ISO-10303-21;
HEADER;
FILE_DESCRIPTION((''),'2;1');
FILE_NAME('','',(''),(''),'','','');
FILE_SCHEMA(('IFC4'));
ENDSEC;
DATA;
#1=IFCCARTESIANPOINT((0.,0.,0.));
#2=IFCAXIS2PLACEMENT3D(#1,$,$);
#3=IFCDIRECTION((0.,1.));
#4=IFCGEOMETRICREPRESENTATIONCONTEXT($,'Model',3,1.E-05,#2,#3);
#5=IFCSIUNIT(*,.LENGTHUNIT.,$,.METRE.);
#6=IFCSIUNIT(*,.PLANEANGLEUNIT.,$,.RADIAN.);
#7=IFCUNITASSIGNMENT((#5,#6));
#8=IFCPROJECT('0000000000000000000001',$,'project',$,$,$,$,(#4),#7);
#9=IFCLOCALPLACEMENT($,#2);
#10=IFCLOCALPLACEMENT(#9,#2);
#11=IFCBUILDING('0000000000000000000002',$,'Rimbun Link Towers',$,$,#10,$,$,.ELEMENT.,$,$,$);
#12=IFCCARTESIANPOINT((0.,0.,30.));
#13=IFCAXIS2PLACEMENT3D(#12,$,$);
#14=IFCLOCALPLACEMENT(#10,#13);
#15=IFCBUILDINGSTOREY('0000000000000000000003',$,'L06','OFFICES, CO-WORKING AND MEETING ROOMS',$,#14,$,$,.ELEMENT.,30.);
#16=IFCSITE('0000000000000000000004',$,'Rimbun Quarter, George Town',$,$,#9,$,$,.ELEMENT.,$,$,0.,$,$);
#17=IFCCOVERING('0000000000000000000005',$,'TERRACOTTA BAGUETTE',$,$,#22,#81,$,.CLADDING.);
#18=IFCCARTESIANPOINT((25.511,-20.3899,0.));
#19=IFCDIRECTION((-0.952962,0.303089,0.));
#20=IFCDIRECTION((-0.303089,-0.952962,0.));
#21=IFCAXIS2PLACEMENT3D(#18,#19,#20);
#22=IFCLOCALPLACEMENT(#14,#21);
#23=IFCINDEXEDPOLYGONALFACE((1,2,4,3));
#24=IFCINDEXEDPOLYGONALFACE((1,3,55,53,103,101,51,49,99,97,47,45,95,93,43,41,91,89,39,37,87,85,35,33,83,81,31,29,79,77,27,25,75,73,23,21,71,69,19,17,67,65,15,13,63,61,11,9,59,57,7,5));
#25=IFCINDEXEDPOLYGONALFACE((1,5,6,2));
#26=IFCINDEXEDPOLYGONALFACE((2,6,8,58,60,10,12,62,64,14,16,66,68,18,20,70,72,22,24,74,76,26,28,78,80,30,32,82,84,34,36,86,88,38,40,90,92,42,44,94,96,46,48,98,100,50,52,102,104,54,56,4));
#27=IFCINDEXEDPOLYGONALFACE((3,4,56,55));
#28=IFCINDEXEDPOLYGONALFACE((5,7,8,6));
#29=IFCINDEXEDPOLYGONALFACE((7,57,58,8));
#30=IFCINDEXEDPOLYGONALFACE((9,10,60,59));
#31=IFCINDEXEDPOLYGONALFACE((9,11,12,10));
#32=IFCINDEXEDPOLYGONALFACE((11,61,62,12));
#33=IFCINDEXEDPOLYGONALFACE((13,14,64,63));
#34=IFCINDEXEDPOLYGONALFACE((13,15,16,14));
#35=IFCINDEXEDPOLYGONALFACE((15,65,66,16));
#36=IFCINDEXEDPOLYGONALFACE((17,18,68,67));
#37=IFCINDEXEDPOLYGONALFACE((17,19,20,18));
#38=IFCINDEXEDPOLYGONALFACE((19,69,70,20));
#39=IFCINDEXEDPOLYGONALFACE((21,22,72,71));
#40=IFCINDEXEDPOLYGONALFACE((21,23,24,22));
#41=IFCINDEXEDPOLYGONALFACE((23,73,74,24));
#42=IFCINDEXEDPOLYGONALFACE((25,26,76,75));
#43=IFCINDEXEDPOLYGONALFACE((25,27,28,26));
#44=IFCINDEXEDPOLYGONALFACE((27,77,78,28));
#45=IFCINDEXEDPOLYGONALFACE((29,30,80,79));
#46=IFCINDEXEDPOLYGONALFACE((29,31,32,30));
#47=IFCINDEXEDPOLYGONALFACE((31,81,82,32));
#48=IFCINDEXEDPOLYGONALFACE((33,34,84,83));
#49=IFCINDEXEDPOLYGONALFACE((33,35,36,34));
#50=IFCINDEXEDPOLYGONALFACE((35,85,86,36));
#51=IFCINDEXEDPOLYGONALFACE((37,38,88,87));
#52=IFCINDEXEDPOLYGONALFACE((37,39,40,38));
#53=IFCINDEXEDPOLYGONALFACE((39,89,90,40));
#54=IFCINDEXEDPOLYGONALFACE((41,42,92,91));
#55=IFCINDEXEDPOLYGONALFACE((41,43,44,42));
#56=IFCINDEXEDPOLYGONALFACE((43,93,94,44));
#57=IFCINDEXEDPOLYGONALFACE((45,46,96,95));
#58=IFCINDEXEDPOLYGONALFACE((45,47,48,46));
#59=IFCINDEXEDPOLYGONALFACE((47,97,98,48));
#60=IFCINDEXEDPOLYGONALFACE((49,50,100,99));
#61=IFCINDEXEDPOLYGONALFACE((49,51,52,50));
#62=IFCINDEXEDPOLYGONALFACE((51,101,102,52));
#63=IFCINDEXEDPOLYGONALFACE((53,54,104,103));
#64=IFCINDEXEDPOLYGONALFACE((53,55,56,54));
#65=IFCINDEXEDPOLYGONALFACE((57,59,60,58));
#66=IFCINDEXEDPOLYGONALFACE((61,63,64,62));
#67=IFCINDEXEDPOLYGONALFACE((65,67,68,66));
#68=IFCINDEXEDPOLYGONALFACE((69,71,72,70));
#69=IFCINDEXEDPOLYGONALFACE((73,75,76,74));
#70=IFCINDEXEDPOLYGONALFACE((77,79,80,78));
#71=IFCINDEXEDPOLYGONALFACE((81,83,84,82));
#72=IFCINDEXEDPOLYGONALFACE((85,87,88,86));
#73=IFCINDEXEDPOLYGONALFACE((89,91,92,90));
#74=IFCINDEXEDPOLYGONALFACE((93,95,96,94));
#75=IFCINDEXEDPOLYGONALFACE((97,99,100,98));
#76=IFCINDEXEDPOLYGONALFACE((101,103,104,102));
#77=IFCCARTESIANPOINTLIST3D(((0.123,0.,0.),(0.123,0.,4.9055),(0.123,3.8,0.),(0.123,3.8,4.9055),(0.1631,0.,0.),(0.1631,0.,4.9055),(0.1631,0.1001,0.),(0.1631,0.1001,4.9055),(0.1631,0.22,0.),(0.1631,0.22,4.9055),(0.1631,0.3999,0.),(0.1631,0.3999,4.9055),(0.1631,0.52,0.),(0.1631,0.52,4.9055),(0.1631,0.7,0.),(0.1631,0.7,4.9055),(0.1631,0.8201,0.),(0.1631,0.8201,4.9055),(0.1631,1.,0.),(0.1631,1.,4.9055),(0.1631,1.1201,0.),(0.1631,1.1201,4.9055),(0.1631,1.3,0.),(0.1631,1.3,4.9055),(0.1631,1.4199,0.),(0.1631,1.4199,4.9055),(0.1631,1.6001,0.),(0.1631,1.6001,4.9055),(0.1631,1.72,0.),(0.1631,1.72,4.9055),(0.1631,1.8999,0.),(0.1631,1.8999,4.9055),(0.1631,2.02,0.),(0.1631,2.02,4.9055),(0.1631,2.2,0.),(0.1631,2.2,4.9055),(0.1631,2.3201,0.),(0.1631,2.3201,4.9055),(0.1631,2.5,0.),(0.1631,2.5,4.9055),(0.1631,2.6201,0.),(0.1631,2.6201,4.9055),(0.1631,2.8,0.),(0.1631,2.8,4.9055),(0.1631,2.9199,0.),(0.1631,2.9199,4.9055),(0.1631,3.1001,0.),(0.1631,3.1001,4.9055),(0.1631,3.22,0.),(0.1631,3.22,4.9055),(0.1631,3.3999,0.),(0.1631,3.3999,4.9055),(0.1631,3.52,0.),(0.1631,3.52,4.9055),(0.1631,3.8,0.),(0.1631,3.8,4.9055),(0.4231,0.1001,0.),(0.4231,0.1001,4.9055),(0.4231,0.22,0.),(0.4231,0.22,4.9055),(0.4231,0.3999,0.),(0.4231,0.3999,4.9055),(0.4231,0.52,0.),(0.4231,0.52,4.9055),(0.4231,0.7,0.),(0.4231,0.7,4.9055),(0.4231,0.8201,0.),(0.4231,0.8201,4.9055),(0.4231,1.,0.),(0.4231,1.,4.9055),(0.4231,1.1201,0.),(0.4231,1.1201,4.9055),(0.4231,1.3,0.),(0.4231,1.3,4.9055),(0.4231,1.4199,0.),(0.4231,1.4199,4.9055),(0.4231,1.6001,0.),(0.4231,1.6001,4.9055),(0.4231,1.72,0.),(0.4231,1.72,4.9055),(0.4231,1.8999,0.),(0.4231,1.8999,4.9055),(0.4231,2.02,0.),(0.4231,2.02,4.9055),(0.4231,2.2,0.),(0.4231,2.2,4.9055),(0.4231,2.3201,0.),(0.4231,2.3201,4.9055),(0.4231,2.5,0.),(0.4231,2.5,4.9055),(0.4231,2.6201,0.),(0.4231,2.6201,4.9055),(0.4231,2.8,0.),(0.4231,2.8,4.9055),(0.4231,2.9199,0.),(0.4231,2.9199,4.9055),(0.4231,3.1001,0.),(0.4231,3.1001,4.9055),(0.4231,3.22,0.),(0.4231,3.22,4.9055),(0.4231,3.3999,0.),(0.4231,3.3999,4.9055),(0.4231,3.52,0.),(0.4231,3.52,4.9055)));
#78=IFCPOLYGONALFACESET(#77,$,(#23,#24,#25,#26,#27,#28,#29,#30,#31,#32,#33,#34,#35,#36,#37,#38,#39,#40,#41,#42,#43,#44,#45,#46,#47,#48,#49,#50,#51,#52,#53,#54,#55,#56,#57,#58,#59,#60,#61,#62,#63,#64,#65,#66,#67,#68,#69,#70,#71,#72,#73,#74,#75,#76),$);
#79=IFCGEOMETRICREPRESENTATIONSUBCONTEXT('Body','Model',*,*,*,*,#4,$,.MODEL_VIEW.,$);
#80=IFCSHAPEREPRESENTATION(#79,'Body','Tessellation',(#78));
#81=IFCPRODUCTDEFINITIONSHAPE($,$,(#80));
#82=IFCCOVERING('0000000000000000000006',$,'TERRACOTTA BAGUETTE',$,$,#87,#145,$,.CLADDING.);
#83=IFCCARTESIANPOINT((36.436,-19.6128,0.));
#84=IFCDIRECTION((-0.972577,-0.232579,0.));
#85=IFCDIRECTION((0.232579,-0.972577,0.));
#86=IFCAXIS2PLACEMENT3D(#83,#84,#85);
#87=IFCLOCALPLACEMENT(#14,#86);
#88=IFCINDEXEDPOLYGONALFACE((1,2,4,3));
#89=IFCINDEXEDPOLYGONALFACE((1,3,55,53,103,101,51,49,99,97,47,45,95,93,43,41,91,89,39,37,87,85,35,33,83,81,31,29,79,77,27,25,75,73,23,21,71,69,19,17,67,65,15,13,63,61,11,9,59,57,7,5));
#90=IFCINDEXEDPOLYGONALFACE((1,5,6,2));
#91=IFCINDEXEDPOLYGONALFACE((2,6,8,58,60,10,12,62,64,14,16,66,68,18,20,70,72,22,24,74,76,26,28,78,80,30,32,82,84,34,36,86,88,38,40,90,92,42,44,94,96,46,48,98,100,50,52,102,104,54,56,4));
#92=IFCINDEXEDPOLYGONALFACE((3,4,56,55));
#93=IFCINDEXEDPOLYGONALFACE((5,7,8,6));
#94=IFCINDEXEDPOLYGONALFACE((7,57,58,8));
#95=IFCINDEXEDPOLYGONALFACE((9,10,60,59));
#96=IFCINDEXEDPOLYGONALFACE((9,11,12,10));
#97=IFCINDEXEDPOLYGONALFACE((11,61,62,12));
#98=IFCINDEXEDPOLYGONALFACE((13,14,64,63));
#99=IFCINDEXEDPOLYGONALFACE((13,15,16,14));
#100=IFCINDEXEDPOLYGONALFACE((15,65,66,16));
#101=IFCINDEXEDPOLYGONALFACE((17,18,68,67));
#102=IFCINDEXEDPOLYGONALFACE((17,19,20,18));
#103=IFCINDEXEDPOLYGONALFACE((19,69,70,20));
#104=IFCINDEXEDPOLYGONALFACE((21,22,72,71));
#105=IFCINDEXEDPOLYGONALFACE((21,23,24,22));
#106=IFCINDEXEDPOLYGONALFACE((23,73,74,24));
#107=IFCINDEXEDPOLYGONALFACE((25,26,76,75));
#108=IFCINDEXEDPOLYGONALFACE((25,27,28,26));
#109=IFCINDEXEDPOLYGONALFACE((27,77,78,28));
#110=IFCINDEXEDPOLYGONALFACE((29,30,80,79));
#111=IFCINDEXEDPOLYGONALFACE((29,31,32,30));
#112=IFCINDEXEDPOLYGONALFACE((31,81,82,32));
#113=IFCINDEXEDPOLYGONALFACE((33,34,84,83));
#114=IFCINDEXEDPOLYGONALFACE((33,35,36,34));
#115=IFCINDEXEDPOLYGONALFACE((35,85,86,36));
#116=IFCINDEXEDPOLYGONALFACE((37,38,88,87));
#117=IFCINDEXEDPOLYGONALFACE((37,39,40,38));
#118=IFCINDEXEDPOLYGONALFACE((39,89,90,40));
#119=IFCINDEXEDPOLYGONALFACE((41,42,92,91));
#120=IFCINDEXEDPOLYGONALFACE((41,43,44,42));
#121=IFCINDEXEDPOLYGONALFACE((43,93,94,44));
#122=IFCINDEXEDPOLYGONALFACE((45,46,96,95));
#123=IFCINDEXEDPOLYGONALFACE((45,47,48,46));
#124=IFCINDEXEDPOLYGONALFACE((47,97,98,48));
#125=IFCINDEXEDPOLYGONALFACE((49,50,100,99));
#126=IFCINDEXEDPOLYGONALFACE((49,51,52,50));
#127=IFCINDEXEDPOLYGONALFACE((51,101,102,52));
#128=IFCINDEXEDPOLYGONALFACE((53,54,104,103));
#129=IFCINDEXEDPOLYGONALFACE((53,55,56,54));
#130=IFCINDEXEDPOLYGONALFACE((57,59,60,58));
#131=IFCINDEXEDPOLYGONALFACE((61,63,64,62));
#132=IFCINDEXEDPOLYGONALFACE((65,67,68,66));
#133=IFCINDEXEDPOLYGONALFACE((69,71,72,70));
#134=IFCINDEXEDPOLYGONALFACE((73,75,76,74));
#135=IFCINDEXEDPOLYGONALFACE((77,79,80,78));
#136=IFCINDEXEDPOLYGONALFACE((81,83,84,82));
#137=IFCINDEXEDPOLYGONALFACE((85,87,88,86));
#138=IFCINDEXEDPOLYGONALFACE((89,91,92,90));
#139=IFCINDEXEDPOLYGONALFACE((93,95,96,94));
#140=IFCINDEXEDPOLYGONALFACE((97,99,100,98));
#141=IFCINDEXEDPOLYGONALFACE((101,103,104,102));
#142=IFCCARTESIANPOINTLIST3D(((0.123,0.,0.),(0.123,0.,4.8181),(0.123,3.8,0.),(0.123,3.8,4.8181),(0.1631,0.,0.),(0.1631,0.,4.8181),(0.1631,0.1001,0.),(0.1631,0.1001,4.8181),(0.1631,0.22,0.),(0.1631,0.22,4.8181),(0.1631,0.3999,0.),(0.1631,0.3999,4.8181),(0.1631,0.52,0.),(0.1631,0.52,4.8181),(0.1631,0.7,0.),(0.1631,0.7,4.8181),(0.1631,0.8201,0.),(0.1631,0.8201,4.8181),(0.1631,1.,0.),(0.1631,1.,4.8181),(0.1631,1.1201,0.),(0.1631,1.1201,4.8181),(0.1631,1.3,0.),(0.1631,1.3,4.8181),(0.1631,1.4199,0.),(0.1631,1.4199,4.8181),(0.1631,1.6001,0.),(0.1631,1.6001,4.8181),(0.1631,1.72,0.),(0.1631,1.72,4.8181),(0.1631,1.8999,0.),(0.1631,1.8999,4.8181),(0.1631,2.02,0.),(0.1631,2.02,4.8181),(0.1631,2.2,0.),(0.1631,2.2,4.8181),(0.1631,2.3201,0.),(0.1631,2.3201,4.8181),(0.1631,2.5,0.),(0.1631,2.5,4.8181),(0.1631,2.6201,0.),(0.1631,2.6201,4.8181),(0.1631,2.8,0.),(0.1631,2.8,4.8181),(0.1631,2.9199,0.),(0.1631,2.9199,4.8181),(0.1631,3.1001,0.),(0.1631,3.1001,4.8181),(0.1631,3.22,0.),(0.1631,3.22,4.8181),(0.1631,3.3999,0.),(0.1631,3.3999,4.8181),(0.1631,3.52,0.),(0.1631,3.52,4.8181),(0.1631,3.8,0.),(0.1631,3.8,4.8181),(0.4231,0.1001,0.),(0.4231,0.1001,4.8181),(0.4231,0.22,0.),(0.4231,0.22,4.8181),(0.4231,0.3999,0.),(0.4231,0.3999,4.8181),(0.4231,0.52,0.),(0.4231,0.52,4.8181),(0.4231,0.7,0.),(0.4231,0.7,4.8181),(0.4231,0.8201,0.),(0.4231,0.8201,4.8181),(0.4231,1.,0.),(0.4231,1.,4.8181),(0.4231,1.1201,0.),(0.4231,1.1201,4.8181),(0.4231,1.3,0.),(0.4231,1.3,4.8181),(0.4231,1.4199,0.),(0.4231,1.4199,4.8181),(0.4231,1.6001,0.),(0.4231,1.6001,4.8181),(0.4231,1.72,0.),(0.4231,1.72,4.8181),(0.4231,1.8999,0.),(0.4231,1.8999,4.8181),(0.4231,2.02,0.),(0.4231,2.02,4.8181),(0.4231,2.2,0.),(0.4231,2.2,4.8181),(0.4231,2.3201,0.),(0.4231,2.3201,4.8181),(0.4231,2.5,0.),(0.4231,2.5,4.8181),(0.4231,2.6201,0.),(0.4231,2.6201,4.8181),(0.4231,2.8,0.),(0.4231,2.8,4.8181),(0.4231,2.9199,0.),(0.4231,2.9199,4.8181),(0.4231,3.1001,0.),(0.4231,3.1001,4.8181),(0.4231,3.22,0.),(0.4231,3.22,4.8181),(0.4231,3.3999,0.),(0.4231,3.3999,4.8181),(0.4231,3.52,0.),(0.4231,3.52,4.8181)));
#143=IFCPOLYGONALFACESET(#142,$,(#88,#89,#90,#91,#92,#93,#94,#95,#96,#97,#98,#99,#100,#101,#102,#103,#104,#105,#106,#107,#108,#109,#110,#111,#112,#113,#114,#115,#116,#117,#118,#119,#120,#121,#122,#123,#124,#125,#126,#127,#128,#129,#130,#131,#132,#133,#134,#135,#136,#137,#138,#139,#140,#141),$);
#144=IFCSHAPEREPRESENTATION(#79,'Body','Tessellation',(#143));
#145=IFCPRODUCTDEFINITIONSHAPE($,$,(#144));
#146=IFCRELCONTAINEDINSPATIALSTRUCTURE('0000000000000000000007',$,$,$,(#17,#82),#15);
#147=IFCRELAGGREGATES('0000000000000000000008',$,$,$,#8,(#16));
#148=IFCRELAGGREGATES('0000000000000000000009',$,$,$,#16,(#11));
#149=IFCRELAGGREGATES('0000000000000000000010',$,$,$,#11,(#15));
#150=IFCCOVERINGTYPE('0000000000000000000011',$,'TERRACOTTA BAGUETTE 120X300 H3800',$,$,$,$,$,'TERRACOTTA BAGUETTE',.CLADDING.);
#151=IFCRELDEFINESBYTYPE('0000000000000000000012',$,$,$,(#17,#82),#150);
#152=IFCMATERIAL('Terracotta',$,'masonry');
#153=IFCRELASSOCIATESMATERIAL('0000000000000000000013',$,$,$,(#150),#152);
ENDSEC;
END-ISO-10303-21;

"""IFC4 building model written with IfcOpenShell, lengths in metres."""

from ifc_helpers import new_model, si_unit, direction, frame, origin, place, context, subcontext, project, spatial, polyline, outline, extrude, material, material_profile, profile_set, type_object, element, save


model = new_model("IFC4")

# Units and contexts
model_context = context("Model", 3, precision=1e-05, world=origin(), true_north=direction((0.0, 1.0)))
body_context = subcontext(model_context, "Body", "Model", "MODEL_VIEW")
ifc_project = project(units=[si_unit("LENGTHUNIT", "METRE"), si_unit("PLANEANGLEUNIT", "RADIAN")], contexts=[model_context])

# Site, building, storey
site_placement = place(None, origin())
site = spatial("IfcSite", under=ifc_project, at=site_placement, Name="Rimbun Quarter, George Town", CompositionType="ELEMENT", RefElevation=0.0)
building_placement = place(site_placement, origin())
building = spatial("IfcBuilding", under=site, at=building_placement, Name="Rimbun Link Towers", CompositionType="ELEMENT")
storey_placement = place(building_placement, frame((0.0, 0.0, 30.0)))
storey = spatial("IfcBuildingStorey", under=building, at=storey_placement, Name="L06", Description="OFFICES, CO-WORKING AND MEETING ROOMS", CompositionType="ELEMENT", Elevation=30.0)

# Coverings
ifc_material_1 = material(Name="Terracotta", Category="masonry")
ifc_material_profile_1 = material_profile(ifc_material_1, outline(polyline([(0.123, 0.0), (0.1631, 0.0), (0.1631, 0.1001), (0.4231, 0.1001), (0.4231, 0.22), (0.1631, 0.22), (0.1631, 0.3999), (0.4231, 0.3999), (0.4231, 0.52), (0.1631, 0.52), (0.1631, 0.7), (0.4231, 0.7), (0.4231, 0.8201), (0.1631, 0.8201), (0.1631, 1.0), (0.4231, 1.0), (0.4231, 1.1201), (0.1631, 1.1201), (0.1631, 1.3), (0.4231, 1.3), (0.4231, 1.4199), (0.1631, 1.4199), (0.1631, 1.6001), (0.4231, 1.6001), (0.4231, 1.72), (0.1631, 1.72), (0.1631, 1.8999), (0.4231, 1.8999), (0.4231, 2.02), (0.1631, 2.02), (0.1631, 2.2), (0.4231, 2.2), (0.4231, 2.3201), (0.1631, 2.3201), (0.1631, 2.5), (0.4231, 2.5), (0.4231, 2.6201), (0.1631, 2.6201), (0.1631, 2.8), (0.4231, 2.8), (0.4231, 2.9199), (0.1631, 2.9199), (0.1631, 3.1001), (0.4231, 3.1001), (0.4231, 3.22), (0.1631, 3.22), (0.1631, 3.3999), (0.4231, 3.3999), (0.4231, 3.52), (0.1631, 3.52), (0.1631, 3.8), (0.123, 3.8), (0.123, 0.0)])), Name="BAGUETTE 120X300")
ifc_profile_set_1 = profile_set([ifc_material_profile_1], Name="Terracotta")
covering_type = type_object("IfcCoveringType", Name="TERRACOTTA BAGUETTE 120X300 H3800", ElementType="TERRACOTTA BAGUETTE", PredefinedType="CLADDING", material=ifc_profile_set_1)
covering_1_placement = place(storey_placement, frame((25.511, -20.3899, 0.0), z_axis=(-0.952962, 0.303089, 0.0), x_axis=(-0.303089, -0.952962, 0.0)))
element("IfcCovering", 1, at=covering_1_placement, inside=storey, type_object=covering_type, Name="TERRACOTTA BAGUETTE", PredefinedType="CLADDING", context=body_context, shape_type="SweptSolid", body=[
    extrude(outline(polyline([(0.123, 0.0), (0.1631, 0.0), (0.1631, 0.1001), (0.4231, 0.1001), (0.4231, 0.22), (0.1631, 0.22), (0.1631, 0.3999), (0.4231, 0.3999), (0.4231, 0.52), (0.1631, 0.52), (0.1631, 0.7), (0.4231, 0.7), (0.4231, 0.8201), (0.1631, 0.8201), (0.1631, 1.0), (0.4231, 1.0), (0.4231, 1.1201), (0.1631, 1.1201), (0.1631, 1.3), (0.4231, 1.3), (0.4231, 1.4199), (0.1631, 1.4199), (0.1631, 1.6001), (0.4231, 1.6001), (0.4231, 1.72), (0.1631, 1.72), (0.1631, 1.8999), (0.4231, 1.8999), (0.4231, 2.02), (0.1631, 2.02), (0.1631, 2.2), (0.4231, 2.2), (0.4231, 2.3201), (0.1631, 2.3201), (0.1631, 2.5), (0.4231, 2.5), (0.4231, 2.6201), (0.1631, 2.6201), (0.1631, 2.8), (0.4231, 2.8), (0.4231, 2.9199), (0.1631, 2.9199), (0.1631, 3.1001), (0.4231, 3.1001), (0.4231, 3.22), (0.1631, 3.22), (0.1631, 3.3999), (0.4231, 3.3999), (0.4231, 3.52), (0.1631, 3.52), (0.1631, 3.8), (0.123, 3.8), (0.123, 0.0)])), origin(), (0.0, 0.0, 1.0), 4.9055),
])
covering_2_placement = place(storey_placement, frame((36.436, -19.6128, 0.0), z_axis=(-0.972577, -0.232579, 0.0), x_axis=(0.232579, -0.972577, 0.0)))
element("IfcCovering", 2, at=covering_2_placement, inside=storey, type_object=covering_type, Name="TERRACOTTA BAGUETTE", PredefinedType="CLADDING", context=body_context, shape_type="SweptSolid", body=[
    extrude(outline(polyline([(0.123, 0.0), (0.1631, 0.0), (0.1631, 0.1001), (0.4231, 0.1001), (0.4231, 0.22), (0.1631, 0.22), (0.1631, 0.3999), (0.4231, 0.3999), (0.4231, 0.52), (0.1631, 0.52), (0.1631, 0.7), (0.4231, 0.7), (0.4231, 0.8201), (0.1631, 0.8201), (0.1631, 1.0), (0.4231, 1.0), (0.4231, 1.1201), (0.1631, 1.1201), (0.1631, 1.3), (0.4231, 1.3), (0.4231, 1.4199), (0.1631, 1.4199), (0.1631, 1.6001), (0.4231, 1.6001), (0.4231, 1.72), (0.1631, 1.72), (0.1631, 1.8999), (0.4231, 1.8999), (0.4231, 2.02), (0.1631, 2.02), (0.1631, 2.2), (0.4231, 2.2), (0.4231, 2.3201), (0.1631, 2.3201), (0.1631, 2.5), (0.4231, 2.5), (0.4231, 2.6201), (0.1631, 2.6201), (0.1631, 2.8), (0.4231, 2.8), (0.4231, 2.9199), (0.1631, 2.9199), (0.1631, 3.1001), (0.4231, 3.1001), (0.4231, 3.22), (0.1631, 3.22), (0.1631, 3.3999), (0.4231, 3.3999), (0.4231, 3.52), (0.1631, 3.52), (0.1631, 3.8), (0.123, 3.8), (0.123, 0.0)])), origin(), (0.0, 0.0, 1.0), 4.8181),
])

save(model, "model.ifc")
